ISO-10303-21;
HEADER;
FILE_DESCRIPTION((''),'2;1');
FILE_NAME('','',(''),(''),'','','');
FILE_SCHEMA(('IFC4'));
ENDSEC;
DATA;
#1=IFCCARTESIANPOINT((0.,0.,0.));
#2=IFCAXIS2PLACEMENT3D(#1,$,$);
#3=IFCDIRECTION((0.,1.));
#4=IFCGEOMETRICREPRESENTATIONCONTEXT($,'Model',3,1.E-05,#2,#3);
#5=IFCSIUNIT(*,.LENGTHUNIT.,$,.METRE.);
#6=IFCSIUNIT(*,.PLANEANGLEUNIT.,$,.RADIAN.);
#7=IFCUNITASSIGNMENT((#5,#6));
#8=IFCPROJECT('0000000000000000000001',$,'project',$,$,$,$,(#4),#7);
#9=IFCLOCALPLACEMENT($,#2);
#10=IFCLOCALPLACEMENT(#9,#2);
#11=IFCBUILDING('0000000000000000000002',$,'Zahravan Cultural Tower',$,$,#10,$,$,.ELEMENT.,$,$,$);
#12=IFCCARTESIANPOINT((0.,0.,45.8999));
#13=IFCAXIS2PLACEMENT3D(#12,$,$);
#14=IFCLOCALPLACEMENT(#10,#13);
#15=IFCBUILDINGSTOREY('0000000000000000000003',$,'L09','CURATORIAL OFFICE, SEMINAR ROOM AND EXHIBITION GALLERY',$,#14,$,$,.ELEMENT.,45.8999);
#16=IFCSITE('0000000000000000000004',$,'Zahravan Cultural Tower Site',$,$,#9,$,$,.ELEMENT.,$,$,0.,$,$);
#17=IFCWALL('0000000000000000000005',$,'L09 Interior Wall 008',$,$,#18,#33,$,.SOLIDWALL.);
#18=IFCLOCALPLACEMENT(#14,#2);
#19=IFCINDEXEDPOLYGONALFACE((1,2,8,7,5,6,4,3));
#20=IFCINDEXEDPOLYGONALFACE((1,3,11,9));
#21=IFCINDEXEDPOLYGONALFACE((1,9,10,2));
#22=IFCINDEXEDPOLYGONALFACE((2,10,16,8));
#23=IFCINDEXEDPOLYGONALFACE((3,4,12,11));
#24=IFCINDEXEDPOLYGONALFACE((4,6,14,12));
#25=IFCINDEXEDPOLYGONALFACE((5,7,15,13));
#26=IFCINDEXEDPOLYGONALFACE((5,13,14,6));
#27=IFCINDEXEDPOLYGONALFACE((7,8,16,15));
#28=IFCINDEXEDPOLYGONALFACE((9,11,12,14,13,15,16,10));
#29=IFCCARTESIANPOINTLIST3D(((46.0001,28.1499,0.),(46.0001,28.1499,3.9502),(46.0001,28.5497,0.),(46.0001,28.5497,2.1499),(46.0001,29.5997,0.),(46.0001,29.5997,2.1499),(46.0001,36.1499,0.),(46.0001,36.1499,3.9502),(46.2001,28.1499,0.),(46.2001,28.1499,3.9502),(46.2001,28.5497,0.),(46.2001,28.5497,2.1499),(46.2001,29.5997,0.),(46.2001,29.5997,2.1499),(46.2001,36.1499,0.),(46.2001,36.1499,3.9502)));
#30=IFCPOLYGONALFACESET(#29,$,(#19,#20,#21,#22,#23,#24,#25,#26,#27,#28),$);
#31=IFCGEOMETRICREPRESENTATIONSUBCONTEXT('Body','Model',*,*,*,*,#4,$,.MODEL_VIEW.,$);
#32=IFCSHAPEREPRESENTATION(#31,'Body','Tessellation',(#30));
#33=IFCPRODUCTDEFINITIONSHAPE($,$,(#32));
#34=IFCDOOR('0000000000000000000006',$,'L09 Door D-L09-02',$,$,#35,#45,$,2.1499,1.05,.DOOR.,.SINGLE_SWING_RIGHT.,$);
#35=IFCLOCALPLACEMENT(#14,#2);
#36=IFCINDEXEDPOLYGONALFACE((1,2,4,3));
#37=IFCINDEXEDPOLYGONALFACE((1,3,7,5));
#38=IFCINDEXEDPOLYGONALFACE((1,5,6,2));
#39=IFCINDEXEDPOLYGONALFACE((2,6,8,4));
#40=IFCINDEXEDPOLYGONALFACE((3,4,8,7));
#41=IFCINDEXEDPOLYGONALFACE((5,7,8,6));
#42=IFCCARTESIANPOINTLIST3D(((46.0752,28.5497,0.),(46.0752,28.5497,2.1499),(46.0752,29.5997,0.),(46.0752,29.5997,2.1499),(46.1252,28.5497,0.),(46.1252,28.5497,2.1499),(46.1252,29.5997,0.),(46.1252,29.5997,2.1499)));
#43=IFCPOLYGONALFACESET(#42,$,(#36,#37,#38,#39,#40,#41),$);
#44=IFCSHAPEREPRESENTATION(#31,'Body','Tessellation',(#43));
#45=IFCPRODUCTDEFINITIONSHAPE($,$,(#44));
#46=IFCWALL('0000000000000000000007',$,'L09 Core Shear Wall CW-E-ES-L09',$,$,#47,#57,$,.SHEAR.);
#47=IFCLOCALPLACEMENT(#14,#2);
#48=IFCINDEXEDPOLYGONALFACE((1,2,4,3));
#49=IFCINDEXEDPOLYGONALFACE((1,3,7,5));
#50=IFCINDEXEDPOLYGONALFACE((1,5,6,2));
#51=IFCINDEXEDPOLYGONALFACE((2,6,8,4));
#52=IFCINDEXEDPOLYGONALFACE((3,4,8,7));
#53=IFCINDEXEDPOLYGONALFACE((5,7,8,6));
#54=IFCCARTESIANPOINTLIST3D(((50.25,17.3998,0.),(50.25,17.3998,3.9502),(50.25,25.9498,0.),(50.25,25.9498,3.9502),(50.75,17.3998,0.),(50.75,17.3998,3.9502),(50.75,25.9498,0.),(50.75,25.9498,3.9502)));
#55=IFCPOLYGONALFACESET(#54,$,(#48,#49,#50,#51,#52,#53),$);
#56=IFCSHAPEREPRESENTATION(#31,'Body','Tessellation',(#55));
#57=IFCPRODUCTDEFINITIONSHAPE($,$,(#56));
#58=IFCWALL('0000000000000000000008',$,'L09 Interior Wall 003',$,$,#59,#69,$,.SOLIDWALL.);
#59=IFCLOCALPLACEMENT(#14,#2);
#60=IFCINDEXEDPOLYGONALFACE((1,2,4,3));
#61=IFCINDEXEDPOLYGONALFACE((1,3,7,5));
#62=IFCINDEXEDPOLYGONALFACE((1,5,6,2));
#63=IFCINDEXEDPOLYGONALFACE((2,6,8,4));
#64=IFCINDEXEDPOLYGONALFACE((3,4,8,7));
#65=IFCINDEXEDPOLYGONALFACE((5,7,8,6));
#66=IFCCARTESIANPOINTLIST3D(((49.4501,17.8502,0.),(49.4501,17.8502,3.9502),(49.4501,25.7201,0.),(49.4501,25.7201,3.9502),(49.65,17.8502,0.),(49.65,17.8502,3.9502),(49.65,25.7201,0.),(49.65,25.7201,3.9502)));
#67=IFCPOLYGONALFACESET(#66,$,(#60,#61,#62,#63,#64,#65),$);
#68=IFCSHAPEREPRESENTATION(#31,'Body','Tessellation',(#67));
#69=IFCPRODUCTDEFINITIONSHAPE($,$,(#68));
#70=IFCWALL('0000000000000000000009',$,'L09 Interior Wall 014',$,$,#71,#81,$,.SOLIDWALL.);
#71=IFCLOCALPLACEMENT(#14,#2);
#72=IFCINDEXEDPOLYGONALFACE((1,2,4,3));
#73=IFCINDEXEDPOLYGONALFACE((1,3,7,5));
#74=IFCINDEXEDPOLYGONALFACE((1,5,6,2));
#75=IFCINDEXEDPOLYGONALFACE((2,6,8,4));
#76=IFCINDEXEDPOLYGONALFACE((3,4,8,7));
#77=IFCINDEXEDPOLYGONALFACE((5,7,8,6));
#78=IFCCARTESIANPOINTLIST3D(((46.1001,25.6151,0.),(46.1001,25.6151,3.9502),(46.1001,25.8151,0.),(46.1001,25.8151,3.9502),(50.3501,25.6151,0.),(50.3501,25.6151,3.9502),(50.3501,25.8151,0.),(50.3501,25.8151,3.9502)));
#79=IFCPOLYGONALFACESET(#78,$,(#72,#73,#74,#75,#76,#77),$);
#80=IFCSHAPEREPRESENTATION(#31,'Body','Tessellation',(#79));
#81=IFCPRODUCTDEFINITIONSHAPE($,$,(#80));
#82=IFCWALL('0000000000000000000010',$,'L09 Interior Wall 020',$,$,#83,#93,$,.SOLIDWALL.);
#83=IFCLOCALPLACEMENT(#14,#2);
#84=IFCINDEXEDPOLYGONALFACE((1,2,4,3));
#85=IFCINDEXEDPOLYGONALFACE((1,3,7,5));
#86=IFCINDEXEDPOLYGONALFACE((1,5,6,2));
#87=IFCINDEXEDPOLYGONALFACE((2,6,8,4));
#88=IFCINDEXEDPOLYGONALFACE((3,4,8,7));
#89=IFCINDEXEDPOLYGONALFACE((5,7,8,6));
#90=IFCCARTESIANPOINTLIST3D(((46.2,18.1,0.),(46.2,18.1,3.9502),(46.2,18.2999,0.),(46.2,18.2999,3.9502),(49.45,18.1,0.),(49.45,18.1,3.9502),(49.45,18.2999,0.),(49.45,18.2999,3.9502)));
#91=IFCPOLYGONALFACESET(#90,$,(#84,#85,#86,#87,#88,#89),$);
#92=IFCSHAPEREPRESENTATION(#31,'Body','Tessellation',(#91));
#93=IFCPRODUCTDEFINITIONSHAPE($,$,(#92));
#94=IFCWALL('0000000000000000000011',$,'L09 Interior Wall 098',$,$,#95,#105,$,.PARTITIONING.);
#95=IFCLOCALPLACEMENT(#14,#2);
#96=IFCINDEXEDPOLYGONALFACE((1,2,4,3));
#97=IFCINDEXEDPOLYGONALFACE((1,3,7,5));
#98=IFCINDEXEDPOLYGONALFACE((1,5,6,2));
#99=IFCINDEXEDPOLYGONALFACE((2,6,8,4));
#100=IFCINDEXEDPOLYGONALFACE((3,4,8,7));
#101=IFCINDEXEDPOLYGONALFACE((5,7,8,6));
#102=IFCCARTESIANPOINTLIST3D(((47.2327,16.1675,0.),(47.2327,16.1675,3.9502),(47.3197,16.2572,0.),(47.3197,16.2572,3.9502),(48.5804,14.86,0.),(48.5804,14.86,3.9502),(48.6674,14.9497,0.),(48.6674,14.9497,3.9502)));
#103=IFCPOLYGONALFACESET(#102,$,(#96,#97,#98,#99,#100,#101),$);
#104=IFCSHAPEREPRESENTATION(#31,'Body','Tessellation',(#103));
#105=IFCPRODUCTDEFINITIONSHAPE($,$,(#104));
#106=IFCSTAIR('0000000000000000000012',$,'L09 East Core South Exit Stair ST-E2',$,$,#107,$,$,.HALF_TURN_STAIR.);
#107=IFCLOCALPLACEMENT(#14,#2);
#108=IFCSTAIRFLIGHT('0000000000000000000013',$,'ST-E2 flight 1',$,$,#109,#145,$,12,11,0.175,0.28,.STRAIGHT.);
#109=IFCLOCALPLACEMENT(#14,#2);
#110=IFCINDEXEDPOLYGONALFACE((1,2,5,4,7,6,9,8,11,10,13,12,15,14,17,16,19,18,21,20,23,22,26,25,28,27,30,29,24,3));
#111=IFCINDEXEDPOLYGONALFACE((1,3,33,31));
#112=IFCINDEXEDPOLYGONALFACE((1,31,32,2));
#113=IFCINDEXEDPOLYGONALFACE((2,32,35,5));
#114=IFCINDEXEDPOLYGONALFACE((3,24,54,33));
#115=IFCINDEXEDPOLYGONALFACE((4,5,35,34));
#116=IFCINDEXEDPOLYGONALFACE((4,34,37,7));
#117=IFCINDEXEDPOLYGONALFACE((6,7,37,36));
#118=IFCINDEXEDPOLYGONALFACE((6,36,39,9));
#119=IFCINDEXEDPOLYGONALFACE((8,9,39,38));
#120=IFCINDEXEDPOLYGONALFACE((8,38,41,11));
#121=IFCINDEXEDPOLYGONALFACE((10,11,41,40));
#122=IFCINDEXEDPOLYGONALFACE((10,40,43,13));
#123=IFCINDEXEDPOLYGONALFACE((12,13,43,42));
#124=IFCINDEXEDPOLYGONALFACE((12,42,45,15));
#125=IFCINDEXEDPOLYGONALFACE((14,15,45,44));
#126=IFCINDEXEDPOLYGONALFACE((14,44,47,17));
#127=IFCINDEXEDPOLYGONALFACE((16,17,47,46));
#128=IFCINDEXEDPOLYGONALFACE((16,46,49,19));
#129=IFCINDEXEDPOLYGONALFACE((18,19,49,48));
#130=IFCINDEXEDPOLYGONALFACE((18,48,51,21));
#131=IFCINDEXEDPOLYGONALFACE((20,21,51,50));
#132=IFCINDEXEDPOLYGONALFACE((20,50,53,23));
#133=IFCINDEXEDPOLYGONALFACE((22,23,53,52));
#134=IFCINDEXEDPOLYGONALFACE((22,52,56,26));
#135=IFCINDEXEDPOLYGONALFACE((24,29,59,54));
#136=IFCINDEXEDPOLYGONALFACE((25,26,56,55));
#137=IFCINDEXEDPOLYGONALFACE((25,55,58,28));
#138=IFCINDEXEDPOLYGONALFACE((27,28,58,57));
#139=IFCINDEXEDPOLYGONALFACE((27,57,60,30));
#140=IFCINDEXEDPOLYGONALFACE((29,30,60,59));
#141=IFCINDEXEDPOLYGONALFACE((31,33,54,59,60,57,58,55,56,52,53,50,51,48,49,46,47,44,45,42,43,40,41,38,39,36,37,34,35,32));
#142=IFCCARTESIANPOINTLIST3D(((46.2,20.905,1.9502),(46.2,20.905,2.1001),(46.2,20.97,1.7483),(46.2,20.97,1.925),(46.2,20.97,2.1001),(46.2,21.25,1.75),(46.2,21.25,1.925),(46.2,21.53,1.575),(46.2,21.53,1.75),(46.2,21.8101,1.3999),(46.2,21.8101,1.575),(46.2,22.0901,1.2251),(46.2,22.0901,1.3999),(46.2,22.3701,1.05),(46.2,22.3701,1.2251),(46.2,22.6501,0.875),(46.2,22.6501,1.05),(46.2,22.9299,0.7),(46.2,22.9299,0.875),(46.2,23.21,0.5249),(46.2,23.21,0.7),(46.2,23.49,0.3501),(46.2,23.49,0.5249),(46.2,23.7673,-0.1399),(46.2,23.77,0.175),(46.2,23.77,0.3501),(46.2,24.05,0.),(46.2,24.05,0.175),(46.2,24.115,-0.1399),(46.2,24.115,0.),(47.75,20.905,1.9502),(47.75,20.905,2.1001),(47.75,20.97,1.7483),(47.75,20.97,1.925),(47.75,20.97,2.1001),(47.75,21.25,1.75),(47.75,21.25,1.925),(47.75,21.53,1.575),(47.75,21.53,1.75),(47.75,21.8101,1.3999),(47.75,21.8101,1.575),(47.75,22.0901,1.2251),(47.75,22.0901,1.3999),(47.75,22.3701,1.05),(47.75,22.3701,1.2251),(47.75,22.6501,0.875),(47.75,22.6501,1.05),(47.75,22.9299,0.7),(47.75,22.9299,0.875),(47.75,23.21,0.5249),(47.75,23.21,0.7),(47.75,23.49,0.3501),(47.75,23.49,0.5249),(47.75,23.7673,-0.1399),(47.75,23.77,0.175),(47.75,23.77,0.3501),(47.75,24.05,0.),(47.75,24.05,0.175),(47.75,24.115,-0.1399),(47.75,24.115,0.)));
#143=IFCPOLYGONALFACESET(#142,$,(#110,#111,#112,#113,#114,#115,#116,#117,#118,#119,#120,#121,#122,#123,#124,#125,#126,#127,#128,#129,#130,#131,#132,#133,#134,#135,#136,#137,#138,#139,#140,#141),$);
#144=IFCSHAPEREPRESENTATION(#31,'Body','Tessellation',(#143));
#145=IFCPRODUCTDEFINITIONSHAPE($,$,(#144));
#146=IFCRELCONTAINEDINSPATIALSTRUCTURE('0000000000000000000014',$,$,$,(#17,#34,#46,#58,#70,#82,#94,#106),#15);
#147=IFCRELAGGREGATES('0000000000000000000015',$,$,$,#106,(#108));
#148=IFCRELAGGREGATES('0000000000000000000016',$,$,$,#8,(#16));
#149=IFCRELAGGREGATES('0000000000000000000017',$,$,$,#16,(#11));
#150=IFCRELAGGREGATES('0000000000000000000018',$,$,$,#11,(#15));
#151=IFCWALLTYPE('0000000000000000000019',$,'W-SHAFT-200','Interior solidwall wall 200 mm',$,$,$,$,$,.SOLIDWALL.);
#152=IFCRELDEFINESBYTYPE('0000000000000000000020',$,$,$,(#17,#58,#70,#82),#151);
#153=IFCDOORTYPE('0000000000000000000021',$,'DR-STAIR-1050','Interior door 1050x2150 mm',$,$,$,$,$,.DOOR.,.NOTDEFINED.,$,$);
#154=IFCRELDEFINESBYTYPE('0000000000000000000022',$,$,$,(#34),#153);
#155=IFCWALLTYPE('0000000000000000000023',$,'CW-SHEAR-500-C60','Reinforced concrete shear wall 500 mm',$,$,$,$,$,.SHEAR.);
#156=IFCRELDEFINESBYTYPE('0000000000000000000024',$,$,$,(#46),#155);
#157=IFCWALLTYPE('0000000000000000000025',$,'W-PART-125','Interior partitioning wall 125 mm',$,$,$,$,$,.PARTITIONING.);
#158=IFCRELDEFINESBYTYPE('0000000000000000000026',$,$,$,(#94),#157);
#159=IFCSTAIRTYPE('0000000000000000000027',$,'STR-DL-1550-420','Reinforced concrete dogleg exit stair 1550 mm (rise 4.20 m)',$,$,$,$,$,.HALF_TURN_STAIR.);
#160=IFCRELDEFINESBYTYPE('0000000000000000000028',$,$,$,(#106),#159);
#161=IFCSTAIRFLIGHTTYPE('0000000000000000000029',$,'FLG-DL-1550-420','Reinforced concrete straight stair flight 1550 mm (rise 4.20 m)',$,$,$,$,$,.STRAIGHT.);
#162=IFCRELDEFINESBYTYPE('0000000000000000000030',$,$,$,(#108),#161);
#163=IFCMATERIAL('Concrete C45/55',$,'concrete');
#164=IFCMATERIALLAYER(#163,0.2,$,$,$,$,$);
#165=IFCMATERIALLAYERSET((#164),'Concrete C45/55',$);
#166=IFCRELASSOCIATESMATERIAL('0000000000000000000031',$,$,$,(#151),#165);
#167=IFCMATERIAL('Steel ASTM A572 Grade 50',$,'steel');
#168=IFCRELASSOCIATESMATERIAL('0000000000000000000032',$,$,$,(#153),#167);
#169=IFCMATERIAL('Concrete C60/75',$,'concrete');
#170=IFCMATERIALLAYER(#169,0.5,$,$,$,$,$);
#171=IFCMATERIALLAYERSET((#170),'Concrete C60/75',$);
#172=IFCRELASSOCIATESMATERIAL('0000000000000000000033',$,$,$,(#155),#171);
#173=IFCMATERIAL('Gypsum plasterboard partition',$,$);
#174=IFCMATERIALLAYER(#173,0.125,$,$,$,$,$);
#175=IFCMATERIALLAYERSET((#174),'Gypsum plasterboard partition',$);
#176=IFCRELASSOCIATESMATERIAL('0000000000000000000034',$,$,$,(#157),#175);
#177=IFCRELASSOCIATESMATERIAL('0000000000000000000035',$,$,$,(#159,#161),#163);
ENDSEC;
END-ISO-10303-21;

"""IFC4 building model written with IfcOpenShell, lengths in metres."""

from ifc_helpers import new_model, si_unit, direction, frame, frame_2d, origin, place, context, subcontext, project, spatial, polyline, rectangle, outline, extrude, source, transform, mapped, material, layer, layer_set, type_object, element, fill, aggregate, save


model = new_model("IFC4")

# Units and contexts
model_context = context("Model", 3, precision=1e-05, world=origin(), true_north=direction((0.0, 1.0)))
body_context = subcontext(model_context, "Body", "Model", "MODEL_VIEW")
ifc_project = project(units=[si_unit("LENGTHUNIT", "METRE"), si_unit("PLANEANGLEUNIT", "RADIAN")], contexts=[model_context])

# Site, building, storey
site_placement = place(None, origin())
site = spatial("IfcSite", under=ifc_project, at=site_placement, Name="Zahravan Cultural Tower Site", CompositionType="ELEMENT", RefElevation=0.0)
building_placement = place(site_placement, origin())
building = spatial("IfcBuilding", under=site, at=building_placement, Name="Zahravan Cultural Tower", CompositionType="ELEMENT")
storey_placement = place(building_placement, frame((0.0, 0.0, 45.8999)))
storey = spatial("IfcBuildingStorey", under=building, at=storey_placement, Name="L09", Description="CURATORIAL OFFICE, SEMINAR ROOM AND EXHIBITION GALLERY", CompositionType="ELEMENT", Elevation=45.8999)

# Shared definitions
ifc_material_1 = material(Name="Concrete C60/75", Category="concrete")

# Wall, opening, door
ifc_material_2 = material(Name="Concrete C45/55", Category="concrete")
ifc_layer_1 = layer(ifc_material_2, 0.2)
ifc_layer_set_1 = layer_set([ifc_layer_1], Name="Concrete C45/55")
wall_type_1 = type_object("IfcWallType", Name="W-SHAFT-200", Description="Interior solidwall wall 200 mm", PredefinedType="SOLIDWALL", material=ifc_layer_set_1)
ifc_material_3 = material(Name="Steel ASTM A572 Grade 50", Category="steel")
door_type = type_object("IfcDoorType", Name="DR-STAIR-1050", Description="Interior door 1050x2150 mm", OperationType="NOTDEFINED", PredefinedType="DOOR", material=ifc_material_3)
shared_shape_1 = source(origin(), body_context, "Body", "SweptSolid", [
    extrude(rectangle(XDim=1.05, YDim=2.1499, at=frame_2d((0.5249, 1.075))), frame((0.0, 0.0249, 0.0), z_axis=(0.0, -1.0, 0.0), x_axis=(1.0, 0.0, 0.0)), (0.0, 0.0, 1.0), 0.05),
])
wall_1_placement = place(storey_placement, frame((46.1001, 28.1499, 0.0), z_axis=(0.0, 0.0, 1.0), x_axis=(0.0, 1.0, 0.0)))
wall_1 = element("IfcWall", 1, at=wall_1_placement, inside=storey, type_object=wall_type_1, Name="L09 Interior Wall 008", PredefinedType="SOLIDWALL", context=body_context, shape_type="SweptSolid", body=[
    extrude(rectangle(XDim=8.0, YDim=0.2, at=frame_2d((4.0, 0.0))), origin(), (0.0, 0.0, 1.0), 3.9502),
])
opening_1_placement = place(wall_1_placement, frame((0.3999, 0.0, 0.0)))
opening_1 = element("IfcOpeningElement", 2, at=opening_1_placement, cuts=wall_1, PredefinedType="OPENING", context=body_context, shape_type="SweptSolid", body=[
    extrude(rectangle(XDim=1.05, YDim=2.1499, at=frame_2d((0.5249, 1.075))), frame((0.0, 0.1099, 0.0), z_axis=(0.0, -1.0, 0.0), x_axis=(1.0, 0.0, 0.0)), (0.0, 0.0, 1.0), 0.22),
])
door_1_placement = place(opening_1_placement, origin())
door_1 = element("IfcDoor", 3, at=door_1_placement, inside=storey, type_object=door_type, Name="L09 Door D-L09-02", OperationType="SINGLE_SWING_RIGHT", OverallHeight=2.1499, OverallWidth=1.05, PredefinedType="DOOR", context=body_context, shape_type="MappedRepresentation", body=[
    mapped(shared_shape_1, transform((0.0, 0.0, 0.0), x_axis=(1.0, 0.0, 0.0), y_axis=(0.0, 1.0, 0.0), z_axis=(0.0, 0.0, 1.0), scale=1.0)),
])
fill(opening_1, door_1)

# Walls
ifc_layer_2 = layer(ifc_material_1, 0.5)
ifc_layer_set_2 = layer_set([ifc_layer_2], Name="Concrete C60/75")
wall_type_2 = type_object("IfcWallType", Name="CW-SHEAR-500-C60", Description="Reinforced concrete shear wall 500 mm", PredefinedType="SHEAR", material=ifc_layer_set_2)
shared_shape_2 = source(origin(), body_context, "Body", "SweptSolid", [
    extrude(rectangle(XDim=8.55, YDim=0.5, at=frame_2d((4.2749, 0.0))), origin(), (0.0, 0.0, 1.0), 3.9502),
])
wall_2_placement = place(storey_placement, frame((50.5, 17.3999, 0.0), z_axis=(0.0, 0.0, 1.0), x_axis=(0.0, 1.0, 0.0)))
element("IfcWall", 4, at=wall_2_placement, inside=storey, type_object=wall_type_2, Name="L09 Core Shear Wall CW-E-ES-L09", PredefinedType="SHEAR", context=body_context, shape_type="MappedRepresentation", body=[
    mapped(shared_shape_2, transform((0.0, 0.0, 0.0), x_axis=(1.0, 0.0, 0.0), y_axis=(0.0, 1.0, 0.0), z_axis=(0.0, 0.0, 1.0), scale=1.0)),
])
shared_shape_3 = source(origin(), body_context, "Body", "SweptSolid", [
    extrude(rectangle(XDim=7.8699, YDim=0.2, at=frame_2d((3.9351, 0.0))), origin(), (0.0, 0.0, 1.0), 3.9502),
])
wall_3_placement = place(storey_placement, frame((49.55, 17.8501, 0.0), z_axis=(0.0, 0.0, 1.0), x_axis=(0.0, 1.0, 0.0)))
element("IfcWall", 5, at=wall_3_placement, inside=storey, type_object=wall_type_1, Name="L09 Interior Wall 003", PredefinedType="SOLIDWALL", context=body_context, shape_type="MappedRepresentation", body=[
    mapped(shared_shape_3, transform((0.0, 0.0, 0.0), x_axis=(1.0, 0.0, 0.0), y_axis=(0.0, 1.0, 0.0), z_axis=(0.0, 0.0, 1.0), scale=1.0)),
])
shared_shape_4 = source(origin(), body_context, "Body", "SweptSolid", [
    extrude(rectangle(XDim=4.25, YDim=0.2, at=frame_2d((2.125, 0.0))), origin(), (0.0, 0.0, 1.0), 3.9502),
])
wall_4_placement = place(storey_placement, frame((46.1001, 25.7151, 0.0), z_axis=(0.0, 0.0, 1.0), x_axis=(1.0, 0.0, 0.0)))
element("IfcWall", 6, at=wall_4_placement, inside=storey, type_object=wall_type_1, Name="L09 Interior Wall 014", PredefinedType="SOLIDWALL", context=body_context, shape_type="MappedRepresentation", body=[
    mapped(shared_shape_4, transform((0.0, 0.0, 0.0), x_axis=(1.0, 0.0, 0.0), y_axis=(0.0, 1.0, 0.0), z_axis=(0.0, 0.0, 1.0), scale=1.0)),
])
shared_shape_5 = source(origin(), body_context, "Body", "SweptSolid", [
    extrude(rectangle(XDim=3.25, YDim=0.2, at=frame_2d((1.625, 0.0))), origin(), (0.0, 0.0, 1.0), 3.9502),
])
wall_5_placement = place(storey_placement, frame((46.2, 18.2, 0.0), z_axis=(0.0, 0.0, 1.0), x_axis=(1.0, 0.0, 0.0)))
element("IfcWall", 7, at=wall_5_placement, inside=storey, type_object=wall_type_1, Name="L09 Interior Wall 020", PredefinedType="SOLIDWALL", context=body_context, shape_type="MappedRepresentation", body=[
    mapped(shared_shape_5, transform((0.0, 0.0, 0.0), x_axis=(1.0, 0.0, 0.0), y_axis=(0.0, 1.0, 0.0), z_axis=(0.0, 0.0, 1.0), scale=1.0)),
])
ifc_material_4 = material(Name="Gypsum plasterboard partition")
ifc_layer_3 = layer(ifc_material_4, 0.125)
ifc_layer_set_3 = layer_set([ifc_layer_3], Name="Gypsum plasterboard partition")
wall_type_3 = type_object("IfcWallType", Name="W-PART-125", Description="Interior partitioning wall 125 mm", PredefinedType="PARTITIONING", material=ifc_layer_set_3)
shared_shape_6 = source(origin(), body_context, "Body", "SweptSolid", [
    extrude(rectangle(XDim=1.8777, YDim=0.125, at=frame_2d((0.939, 0.0))), origin(), (0.0, 0.0, 1.0), 3.9502),
])
wall_6_placement = place(storey_placement, frame((47.2761, 16.2124, 0.0), z_axis=(0.0, 0.0, 1.0), x_axis=(0.717753, -0.696298, 0.0)))
element("IfcWall", 8, at=wall_6_placement, inside=storey, type_object=wall_type_3, Name="L09 Interior Wall 098", PredefinedType="PARTITIONING", context=body_context, shape_type="MappedRepresentation", body=[
    mapped(shared_shape_6, transform((0.0, 0.0, 0.0), x_axis=(1.0, 0.0, 0.0), y_axis=(0.0, 1.0, 0.0), z_axis=(0.0, 0.0, 1.0), scale=1.0)),
])

# Stair, stair flight
stair_type = type_object("IfcStairType", Name="STR-DL-1550-420", Description="Reinforced concrete dogleg exit stair 1550 mm (rise 4.20 m)", PredefinedType="HALF_TURN_STAIR", material=ifc_material_2)
stair_placement = place(storey_placement, origin())
stair = element("IfcStair", 9, at=stair_placement, inside=storey, type_object=stair_type, Name="L09 East Core South Exit Stair ST-E2", PredefinedType="HALF_TURN_STAIR")
stair_flight_type = type_object("IfcStairFlightType", Name="FLG-DL-1550-420", Description="Reinforced concrete straight stair flight 1550 mm (rise 4.20 m)", PredefinedType="STRAIGHT", material=ifc_material_2)
stair_flight_1_placement = place(storey_placement, frame((46.9751, 24.05, 0.0), z_axis=(0.0, 0.0, 1.0), x_axis=(0.0, -1.0, 0.0)))
stair_flight_1 = element("IfcStairFlight", 10, at=stair_flight_1_placement, type_object=stair_flight_type, Name="ST-E2 flight 1", NumberOfRisers=12, NumberOfTreads=11, PredefinedType="STRAIGHT", RiserHeight=0.175, TreadLength=0.28, context=body_context, shape_type="SweptSolid", body=[
    extrude(outline(polyline([(-0.0649, -0.1399), (-0.0649, 0.0), (0.0, 0.0), (0.0, 0.175), (0.28, 0.175), (0.28, 0.3501), (0.5601, 0.3501), (0.5601, 0.5249), (0.8401, 0.5249), (0.8401, 0.7), (1.1201, 0.7), (1.1201, 0.875), (1.3999, 0.875), (1.3999, 1.05), (1.6799, 1.05), (1.6799, 1.2251), (1.96, 1.2251), (1.96, 1.3999), (2.24, 1.3999), (2.24, 1.575), (2.52, 1.575), (2.52, 1.75), (2.8, 1.75), (2.8, 1.925), (3.0801, 1.925), (3.0801, 2.1001), (3.145, 2.1001), (3.145, 1.9502), (3.0801, 1.7483), (0.2827, -0.1399), (-0.0649, -0.1399)])), frame((0.0, 0.7749, 0.0), z_axis=(0.0, -1.0, 0.0), x_axis=(1.0, 0.0, 0.0)), (0.0, 0.0, 1.0), 1.55),
])
aggregate(stair, [stair_flight_1])

save(model, "model.ifc")
